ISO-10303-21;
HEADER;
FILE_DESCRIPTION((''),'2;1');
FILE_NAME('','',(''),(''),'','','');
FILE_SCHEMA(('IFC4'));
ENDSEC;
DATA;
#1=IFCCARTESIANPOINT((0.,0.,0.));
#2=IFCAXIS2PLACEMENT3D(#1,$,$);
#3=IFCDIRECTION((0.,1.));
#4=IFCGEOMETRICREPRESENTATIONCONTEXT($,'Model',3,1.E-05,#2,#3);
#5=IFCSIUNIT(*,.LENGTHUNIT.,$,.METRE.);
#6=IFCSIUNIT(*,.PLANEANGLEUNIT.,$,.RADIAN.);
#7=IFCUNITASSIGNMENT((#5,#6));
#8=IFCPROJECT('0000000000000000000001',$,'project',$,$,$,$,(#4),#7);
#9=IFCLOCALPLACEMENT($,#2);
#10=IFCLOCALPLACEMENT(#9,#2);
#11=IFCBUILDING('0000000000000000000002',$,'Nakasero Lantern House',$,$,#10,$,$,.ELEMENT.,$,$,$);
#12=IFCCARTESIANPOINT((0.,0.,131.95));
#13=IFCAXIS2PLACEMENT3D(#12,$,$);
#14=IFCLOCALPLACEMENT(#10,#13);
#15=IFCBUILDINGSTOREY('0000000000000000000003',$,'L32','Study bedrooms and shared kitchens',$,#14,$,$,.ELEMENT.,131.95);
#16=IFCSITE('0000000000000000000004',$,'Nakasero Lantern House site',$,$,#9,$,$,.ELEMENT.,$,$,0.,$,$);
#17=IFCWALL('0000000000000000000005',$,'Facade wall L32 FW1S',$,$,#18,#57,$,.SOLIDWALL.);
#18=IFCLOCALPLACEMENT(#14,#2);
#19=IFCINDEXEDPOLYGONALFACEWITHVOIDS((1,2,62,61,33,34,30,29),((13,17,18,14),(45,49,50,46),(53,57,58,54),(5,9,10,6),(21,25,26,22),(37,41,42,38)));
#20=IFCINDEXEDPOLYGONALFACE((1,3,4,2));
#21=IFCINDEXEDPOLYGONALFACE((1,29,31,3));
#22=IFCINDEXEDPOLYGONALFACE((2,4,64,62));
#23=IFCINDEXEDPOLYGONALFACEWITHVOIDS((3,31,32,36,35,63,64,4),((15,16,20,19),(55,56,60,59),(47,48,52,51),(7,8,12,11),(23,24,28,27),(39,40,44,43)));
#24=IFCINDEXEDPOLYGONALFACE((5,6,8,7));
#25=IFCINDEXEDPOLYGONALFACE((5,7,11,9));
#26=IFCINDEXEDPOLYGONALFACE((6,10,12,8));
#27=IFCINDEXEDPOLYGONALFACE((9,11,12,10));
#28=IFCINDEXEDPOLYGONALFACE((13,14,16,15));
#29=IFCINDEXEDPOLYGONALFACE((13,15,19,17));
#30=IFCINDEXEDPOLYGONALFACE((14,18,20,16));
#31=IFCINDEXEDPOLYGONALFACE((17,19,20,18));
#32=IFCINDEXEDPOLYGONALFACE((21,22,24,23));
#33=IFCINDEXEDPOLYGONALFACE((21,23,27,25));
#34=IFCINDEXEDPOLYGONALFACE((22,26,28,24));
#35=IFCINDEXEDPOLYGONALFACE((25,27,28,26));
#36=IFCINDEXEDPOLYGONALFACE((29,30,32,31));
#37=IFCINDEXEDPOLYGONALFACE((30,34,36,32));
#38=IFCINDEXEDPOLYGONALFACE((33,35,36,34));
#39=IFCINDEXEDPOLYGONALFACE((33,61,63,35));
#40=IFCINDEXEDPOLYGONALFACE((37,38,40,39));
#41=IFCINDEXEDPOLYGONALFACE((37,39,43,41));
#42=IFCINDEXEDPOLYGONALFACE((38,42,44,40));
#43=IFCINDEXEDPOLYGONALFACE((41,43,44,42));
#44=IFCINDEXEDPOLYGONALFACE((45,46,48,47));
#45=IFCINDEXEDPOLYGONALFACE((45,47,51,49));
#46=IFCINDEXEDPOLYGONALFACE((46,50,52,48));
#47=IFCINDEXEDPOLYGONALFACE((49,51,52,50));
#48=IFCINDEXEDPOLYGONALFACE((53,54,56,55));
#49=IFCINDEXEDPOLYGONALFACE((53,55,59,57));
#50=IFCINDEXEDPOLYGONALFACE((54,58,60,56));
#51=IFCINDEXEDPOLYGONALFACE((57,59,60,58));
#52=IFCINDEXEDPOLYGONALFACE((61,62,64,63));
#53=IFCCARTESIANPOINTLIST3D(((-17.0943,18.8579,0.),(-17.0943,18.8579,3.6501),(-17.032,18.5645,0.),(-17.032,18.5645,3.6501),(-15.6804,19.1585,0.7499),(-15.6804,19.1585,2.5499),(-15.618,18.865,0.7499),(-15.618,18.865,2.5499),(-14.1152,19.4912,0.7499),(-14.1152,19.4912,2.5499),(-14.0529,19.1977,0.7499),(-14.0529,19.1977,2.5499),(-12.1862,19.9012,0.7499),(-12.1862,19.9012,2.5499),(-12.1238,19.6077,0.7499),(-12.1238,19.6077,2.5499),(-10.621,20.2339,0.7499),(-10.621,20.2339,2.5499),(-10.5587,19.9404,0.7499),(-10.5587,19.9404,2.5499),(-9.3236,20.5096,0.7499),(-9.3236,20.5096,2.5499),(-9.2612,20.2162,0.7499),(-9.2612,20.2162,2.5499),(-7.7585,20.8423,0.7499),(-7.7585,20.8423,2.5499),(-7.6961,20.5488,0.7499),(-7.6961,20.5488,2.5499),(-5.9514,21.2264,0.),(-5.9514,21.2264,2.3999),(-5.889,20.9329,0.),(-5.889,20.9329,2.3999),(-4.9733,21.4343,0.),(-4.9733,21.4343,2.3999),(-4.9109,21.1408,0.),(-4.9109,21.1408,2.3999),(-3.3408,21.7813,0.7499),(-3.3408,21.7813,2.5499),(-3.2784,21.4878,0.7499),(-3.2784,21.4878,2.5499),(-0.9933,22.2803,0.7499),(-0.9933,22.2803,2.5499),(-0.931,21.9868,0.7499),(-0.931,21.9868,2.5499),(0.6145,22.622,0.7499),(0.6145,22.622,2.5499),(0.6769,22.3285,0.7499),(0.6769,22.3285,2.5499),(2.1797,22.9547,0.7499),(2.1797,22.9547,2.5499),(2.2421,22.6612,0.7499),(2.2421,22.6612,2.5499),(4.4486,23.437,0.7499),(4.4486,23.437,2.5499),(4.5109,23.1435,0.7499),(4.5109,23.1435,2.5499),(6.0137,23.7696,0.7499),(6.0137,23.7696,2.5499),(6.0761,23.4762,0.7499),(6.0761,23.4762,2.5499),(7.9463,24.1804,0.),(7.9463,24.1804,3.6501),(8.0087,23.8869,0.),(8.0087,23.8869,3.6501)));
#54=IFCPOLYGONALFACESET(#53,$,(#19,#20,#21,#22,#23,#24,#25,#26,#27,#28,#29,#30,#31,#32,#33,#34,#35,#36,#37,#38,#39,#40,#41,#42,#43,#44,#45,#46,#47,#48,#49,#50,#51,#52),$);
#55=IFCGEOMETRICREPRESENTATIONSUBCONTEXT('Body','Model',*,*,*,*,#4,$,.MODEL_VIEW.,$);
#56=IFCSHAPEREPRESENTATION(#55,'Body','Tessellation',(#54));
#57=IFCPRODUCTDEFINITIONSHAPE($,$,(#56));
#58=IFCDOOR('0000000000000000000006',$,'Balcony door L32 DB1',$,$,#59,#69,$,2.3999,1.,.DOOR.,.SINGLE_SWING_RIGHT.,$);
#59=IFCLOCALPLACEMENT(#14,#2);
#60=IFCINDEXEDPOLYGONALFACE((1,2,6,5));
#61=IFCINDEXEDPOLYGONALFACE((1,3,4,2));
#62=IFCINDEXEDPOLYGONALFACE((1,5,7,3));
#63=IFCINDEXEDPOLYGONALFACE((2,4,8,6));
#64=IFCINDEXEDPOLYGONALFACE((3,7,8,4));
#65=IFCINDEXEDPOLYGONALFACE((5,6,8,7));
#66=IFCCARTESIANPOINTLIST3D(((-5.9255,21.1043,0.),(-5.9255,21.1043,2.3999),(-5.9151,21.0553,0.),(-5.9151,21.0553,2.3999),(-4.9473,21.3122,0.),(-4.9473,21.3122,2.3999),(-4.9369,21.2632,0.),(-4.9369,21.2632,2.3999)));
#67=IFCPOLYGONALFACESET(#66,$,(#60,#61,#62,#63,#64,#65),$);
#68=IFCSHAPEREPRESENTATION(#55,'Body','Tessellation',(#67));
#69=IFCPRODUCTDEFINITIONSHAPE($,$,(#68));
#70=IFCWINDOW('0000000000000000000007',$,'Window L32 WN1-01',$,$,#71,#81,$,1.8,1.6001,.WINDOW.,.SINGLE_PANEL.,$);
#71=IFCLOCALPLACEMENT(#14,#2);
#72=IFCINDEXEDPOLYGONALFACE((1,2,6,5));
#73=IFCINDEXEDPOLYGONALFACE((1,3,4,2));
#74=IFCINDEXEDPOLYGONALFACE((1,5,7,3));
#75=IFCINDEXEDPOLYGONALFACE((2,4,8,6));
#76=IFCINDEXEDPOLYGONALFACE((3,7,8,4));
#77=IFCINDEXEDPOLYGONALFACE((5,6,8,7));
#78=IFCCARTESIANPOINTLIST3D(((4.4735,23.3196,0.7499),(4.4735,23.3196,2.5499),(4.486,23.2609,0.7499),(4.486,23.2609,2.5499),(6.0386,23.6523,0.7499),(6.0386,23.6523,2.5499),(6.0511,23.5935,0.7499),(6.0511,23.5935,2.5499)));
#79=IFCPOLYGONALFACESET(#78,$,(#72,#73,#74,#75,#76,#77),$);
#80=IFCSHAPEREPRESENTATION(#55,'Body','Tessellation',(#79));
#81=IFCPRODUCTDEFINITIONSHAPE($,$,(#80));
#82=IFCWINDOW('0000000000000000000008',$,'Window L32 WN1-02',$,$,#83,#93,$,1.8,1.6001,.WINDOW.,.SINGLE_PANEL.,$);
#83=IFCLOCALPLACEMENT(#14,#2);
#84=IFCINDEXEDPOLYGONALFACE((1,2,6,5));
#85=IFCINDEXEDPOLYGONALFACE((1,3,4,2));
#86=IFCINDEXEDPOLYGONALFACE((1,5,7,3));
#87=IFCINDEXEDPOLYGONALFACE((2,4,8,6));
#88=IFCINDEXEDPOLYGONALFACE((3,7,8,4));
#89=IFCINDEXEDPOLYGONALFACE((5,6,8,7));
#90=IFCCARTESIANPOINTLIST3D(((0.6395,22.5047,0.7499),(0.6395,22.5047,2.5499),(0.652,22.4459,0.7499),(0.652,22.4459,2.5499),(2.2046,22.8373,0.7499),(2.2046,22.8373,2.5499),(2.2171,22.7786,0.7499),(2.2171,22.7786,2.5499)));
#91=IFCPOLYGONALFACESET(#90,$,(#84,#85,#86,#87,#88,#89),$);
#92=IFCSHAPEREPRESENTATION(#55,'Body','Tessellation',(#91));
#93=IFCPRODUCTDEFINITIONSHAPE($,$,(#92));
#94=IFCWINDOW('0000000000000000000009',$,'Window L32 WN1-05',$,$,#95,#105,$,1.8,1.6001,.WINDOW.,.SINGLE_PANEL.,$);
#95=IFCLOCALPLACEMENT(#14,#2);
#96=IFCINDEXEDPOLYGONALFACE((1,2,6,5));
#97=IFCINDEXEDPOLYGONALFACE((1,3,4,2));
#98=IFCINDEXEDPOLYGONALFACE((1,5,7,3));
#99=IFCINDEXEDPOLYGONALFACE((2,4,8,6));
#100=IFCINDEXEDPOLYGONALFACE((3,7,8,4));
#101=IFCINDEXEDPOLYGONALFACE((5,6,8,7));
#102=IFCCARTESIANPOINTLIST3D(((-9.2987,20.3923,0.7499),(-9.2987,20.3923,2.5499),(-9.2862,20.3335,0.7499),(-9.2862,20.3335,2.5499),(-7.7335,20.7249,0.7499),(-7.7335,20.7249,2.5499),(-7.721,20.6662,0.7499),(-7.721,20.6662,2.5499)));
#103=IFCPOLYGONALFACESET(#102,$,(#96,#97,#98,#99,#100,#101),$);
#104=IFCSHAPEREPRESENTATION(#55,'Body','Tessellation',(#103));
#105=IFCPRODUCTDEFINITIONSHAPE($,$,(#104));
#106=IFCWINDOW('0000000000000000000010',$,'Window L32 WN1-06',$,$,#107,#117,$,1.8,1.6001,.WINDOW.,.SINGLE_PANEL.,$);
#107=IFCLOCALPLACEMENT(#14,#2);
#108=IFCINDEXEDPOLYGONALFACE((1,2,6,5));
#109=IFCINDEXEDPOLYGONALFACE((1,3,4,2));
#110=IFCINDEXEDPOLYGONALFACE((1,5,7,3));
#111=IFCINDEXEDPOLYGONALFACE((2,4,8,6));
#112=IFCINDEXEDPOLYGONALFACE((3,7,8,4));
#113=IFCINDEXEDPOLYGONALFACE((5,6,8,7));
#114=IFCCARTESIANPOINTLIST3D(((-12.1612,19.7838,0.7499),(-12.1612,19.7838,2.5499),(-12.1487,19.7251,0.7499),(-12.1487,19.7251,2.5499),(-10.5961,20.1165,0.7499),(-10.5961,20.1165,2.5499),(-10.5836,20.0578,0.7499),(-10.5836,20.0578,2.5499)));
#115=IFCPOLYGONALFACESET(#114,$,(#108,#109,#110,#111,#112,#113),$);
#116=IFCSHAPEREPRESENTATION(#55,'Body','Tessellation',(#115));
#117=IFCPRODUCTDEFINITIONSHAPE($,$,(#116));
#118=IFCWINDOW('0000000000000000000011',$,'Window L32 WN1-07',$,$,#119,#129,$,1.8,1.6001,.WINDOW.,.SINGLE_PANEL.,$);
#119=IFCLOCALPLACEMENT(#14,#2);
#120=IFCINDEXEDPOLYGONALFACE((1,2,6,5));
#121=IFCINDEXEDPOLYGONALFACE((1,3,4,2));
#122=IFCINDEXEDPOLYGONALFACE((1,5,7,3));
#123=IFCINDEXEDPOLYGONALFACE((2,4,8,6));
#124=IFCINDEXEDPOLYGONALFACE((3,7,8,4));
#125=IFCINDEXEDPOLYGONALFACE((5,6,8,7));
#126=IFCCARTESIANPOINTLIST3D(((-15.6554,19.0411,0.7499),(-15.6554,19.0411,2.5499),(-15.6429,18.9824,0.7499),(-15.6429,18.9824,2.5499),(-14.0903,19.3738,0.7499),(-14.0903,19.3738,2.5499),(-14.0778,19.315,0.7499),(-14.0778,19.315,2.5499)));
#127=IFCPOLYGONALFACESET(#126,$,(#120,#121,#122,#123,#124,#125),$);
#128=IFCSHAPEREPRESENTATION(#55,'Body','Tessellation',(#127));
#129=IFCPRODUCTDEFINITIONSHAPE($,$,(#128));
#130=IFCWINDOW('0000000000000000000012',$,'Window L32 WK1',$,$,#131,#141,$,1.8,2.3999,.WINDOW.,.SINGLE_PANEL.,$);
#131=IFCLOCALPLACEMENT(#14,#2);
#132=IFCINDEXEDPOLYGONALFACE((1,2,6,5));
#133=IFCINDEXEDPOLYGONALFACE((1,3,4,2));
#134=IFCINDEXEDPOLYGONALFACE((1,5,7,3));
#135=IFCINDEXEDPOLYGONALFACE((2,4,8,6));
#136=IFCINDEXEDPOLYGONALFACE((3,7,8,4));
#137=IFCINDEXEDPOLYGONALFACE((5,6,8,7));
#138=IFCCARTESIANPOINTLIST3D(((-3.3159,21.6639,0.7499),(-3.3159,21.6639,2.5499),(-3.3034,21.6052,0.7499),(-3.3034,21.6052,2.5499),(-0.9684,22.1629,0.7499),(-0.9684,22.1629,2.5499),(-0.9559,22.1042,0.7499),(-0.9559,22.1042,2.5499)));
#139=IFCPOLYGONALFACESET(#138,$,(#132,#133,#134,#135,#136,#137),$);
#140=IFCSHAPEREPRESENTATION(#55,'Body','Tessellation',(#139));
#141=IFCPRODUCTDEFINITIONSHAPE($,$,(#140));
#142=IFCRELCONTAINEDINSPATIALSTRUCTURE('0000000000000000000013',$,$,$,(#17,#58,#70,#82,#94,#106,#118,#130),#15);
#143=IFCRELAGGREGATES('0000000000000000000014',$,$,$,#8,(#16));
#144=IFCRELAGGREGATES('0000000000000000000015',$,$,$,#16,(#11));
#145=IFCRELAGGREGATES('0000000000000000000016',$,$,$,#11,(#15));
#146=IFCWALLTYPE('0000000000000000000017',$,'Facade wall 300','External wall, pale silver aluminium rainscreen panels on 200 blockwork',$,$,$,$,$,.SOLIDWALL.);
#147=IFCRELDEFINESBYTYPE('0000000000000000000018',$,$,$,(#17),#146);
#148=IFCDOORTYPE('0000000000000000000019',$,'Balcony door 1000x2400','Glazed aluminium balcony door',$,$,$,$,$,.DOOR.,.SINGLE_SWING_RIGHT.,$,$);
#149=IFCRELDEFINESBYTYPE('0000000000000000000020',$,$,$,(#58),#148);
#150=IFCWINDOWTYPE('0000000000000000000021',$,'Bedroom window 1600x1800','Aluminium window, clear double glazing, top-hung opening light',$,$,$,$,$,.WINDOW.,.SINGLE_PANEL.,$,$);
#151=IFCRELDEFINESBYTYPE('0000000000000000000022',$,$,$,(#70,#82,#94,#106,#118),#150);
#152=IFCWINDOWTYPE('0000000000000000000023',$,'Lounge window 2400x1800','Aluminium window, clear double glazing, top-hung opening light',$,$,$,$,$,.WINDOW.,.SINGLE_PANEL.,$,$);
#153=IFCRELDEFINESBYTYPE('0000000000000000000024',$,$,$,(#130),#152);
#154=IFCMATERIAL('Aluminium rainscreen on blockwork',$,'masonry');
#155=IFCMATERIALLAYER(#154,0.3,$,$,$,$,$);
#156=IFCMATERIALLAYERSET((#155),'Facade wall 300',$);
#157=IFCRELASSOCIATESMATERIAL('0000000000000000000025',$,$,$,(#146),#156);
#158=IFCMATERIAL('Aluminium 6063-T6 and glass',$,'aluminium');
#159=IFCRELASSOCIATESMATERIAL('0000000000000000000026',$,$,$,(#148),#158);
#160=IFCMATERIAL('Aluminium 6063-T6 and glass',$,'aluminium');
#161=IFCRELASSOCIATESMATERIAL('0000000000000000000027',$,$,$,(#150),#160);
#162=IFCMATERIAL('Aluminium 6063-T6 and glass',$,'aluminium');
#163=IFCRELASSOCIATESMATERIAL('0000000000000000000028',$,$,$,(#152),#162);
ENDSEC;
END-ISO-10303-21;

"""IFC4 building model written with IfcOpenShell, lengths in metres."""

from ifc_helpers import new_model, si_unit, direction, frame, frame_2d, origin, place, context, subcontext, project, spatial, rectangle, extrude, material, layer, layer_set, type_object, element, fill, save


model = new_model("IFC4")

# Units and contexts
model_context = context("Model", 3, precision=1e-05, world=origin(), true_north=direction((0.0, 1.0)))
body_context = subcontext(model_context, "Body", "Model", "MODEL_VIEW")
ifc_project = project(units=[si_unit("LENGTHUNIT", "METRE"), si_unit("PLANEANGLEUNIT", "RADIAN")], contexts=[model_context])

# Site, building, storey
site_placement = place(None, origin())
site = spatial("IfcSite", under=ifc_project, at=site_placement, Name="Nakasero Lantern House site", CompositionType="ELEMENT", RefElevation=0.0)
building_placement = place(site_placement, origin())
building = spatial("IfcBuilding", under=site, at=building_placement, Name="Nakasero Lantern House", CompositionType="ELEMENT")
storey_placement = place(building_placement, frame((0.0, 0.0, 131.95)))
storey = spatial("IfcBuildingStorey", under=building, at=storey_placement, Name="L32", Description="Study bedrooms and shared kitchens", CompositionType="ELEMENT", Elevation=131.95)

# Wall, openings, door, windows
ifc_material_1 = material(Name="Aluminium rainscreen on blockwork", Category="masonry")
ifc_layer_1 = layer(ifc_material_1, 0.3)
ifc_layer_set_1 = layer_set([ifc_layer_1], Name="Facade wall 300")
wall_type_1 = type_object("IfcWallType", Name="Facade wall 300", Description="External wall, pale silver aluminium rainscreen panels on 200 blockwork", PredefinedType="SOLIDWALL", material=ifc_layer_set_1)
wall_1_placement = place(storey_placement, frame((7.9775, 24.0337, 0.0), z_axis=(0.0, 0.0, 1.0), x_axis=(-0.978148, -0.207909, 0.0)))
wall_1 = element("IfcWall", 1, at=wall_1_placement, inside=storey, type_object=wall_type_1, Name="Facade wall L32 FW1S", PredefinedType="SOLIDWALL", context=body_context, shape_type="SweptSolid", body=[
    extrude(rectangle(XDim=25.6001, YDim=0.3, at=frame_2d((12.8, 0.0))), origin(), (0.0, 0.0, 1.0), 3.6501),
])
opening_1_placement = place(wall_1_placement, frame((1.9758, 0.0, 0.75)))
opening_1 = element("IfcOpeningElement", 2, at=opening_1_placement, cuts=wall_1, PredefinedType="OPENING", context=body_context, shape_type="SweptSolid", body=[
    extrude(rectangle(XDim=1.6001, YDim=1.8, at=frame_2d((0.8, 0.8999))), frame((0.0, 0.1699, 0.0), z_axis=(0.0, -1.0, 0.0), x_axis=(1.0, 0.0, 0.0)), (0.0, 0.0, 1.0), 0.3401),
])
opening_2_placement = place(wall_1_placement, frame((5.8955, 0.0, 0.75)))
opening_2 = element("IfcOpeningElement", 3, at=opening_2_placement, cuts=wall_1, PredefinedType="OPENING", context=body_context, shape_type="SweptSolid", body=[
    extrude(rectangle(XDim=1.6001, YDim=1.8, at=frame_2d((0.8, 0.8999))), frame((0.0, 0.1699, 0.0), z_axis=(0.0, -1.0, 0.0), x_axis=(1.0, 0.0, 0.0)), (0.0, 0.0, 1.0), 0.3401),
])
opening_3_placement = place(wall_1_placement, frame((16.0557, 0.0, 0.75)))
opening_3 = element("IfcOpeningElement", 4, at=opening_3_placement, cuts=wall_1, PredefinedType="OPENING", context=body_context, shape_type="SweptSolid", body=[
    extrude(rectangle(XDim=1.6001, YDim=1.8, at=frame_2d((0.8, 0.8999))), frame((0.0, 0.1699, 0.0), z_axis=(0.0, -1.0, 0.0), x_axis=(1.0, 0.0, 0.0)), (0.0, 0.0, 1.0), 0.3401),
])
opening_4_placement = place(wall_1_placement, frame((18.9822, 0.0, 0.75)))
opening_4 = element("IfcOpeningElement", 5, at=opening_4_placement, cuts=wall_1, PredefinedType="OPENING", context=body_context, shape_type="SweptSolid", body=[
    extrude(rectangle(XDim=1.6001, YDim=1.8, at=frame_2d((0.8, 0.8999))), frame((0.0, 0.1699, 0.0), z_axis=(0.0, -1.0, 0.0), x_axis=(1.0, 0.0, 0.0)), (0.0, 0.0, 1.0), 0.3401),
])
opening_5_placement = place(wall_1_placement, frame((22.5544, 0.0, 0.75)))
opening_5 = element("IfcOpeningElement", 6, at=opening_5_placement, cuts=wall_1, PredefinedType="OPENING", context=body_context, shape_type="SweptSolid", body=[
    extrude(rectangle(XDim=1.6001, YDim=1.8, at=frame_2d((0.8, 0.8999))), frame((0.0, 0.1699, 0.0), z_axis=(0.0, -1.0, 0.0), x_axis=(1.0, 0.0, 0.0)), (0.0, 0.0, 1.0), 0.3401),
])
opening_6_placement = place(wall_1_placement, frame((9.1394, 0.0, 0.75)))
opening_6 = element("IfcOpeningElement", 7, at=opening_6_placement, cuts=wall_1, PredefinedType="OPENING", context=body_context, shape_type="SweptSolid", body=[
    extrude(rectangle(XDim=2.3999, YDim=1.8, at=frame_2d((1.2, 0.8999))), frame((0.0, 0.1699, 0.0), z_axis=(0.0, -1.0, 0.0), x_axis=(1.0, 0.0, 0.0)), (0.0, 0.0, 1.0), 0.3401),
])
opening_7_placement = place(wall_1_placement, frame((13.2083, 0.0, 0.0)))
opening_7 = element("IfcOpeningElement", 8, at=opening_7_placement, cuts=wall_1, PredefinedType="OPENING", context=body_context, shape_type="SweptSolid", body=[
    extrude(rectangle(XDim=1.0, YDim=2.3999, at=frame_2d((0.5, 1.2))), frame((0.0, 0.1699, 0.0), z_axis=(0.0, -1.0, 0.0), x_axis=(1.0, 0.0, 0.0)), (0.0, 0.0, 1.0), 0.3401),
])
ifc_material_2 = material(Name="Aluminium 6063-T6 and glass", Category="aluminium")
door_type_1 = type_object("IfcDoorType", Name="Balcony door 1000x2400", Description="Glazed aluminium balcony door", OperationType="SINGLE_SWING_RIGHT", PredefinedType="DOOR", material=ifc_material_2)
door_1_placement = place(opening_7_placement, origin())
door_1 = element("IfcDoor", 9, at=door_1_placement, inside=storey, type_object=door_type_1, Name="Balcony door L32 DB1", OperationType="SINGLE_SWING_RIGHT", OverallHeight=2.3999, OverallWidth=1.0, PredefinedType="DOOR", context=body_context, shape_type="SweptSolid", body=[
    extrude(rectangle(XDim=1.0, YDim=2.3999, at=frame_2d((0.5, 1.2))), frame((0.0, 0.0249, 0.0), z_axis=(0.0, -1.0, 0.0), x_axis=(1.0, 0.0, 0.0)), (0.0, 0.0, 1.0), 0.05),
])
fill(opening_7, door_1)
ifc_material_3 = material(Name="Aluminium 6063-T6 and glass", Category="aluminium")
window_type_1 = type_object("IfcWindowType", Name="Bedroom window 1600x1800", Description="Aluminium window, clear double glazing, top-hung opening light", PartitioningType="SINGLE_PANEL", PredefinedType="WINDOW", material=ifc_material_3)
window_1_placement = place(opening_1_placement, origin())
window_1 = element("IfcWindow", 10, at=window_1_placement, inside=storey, type_object=window_type_1, Name="Window L32 WN1-01", OverallHeight=1.8, OverallWidth=1.6001, PartitioningType="SINGLE_PANEL", PredefinedType="WINDOW", context=body_context, shape_type="SweptSolid", body=[
    extrude(rectangle(XDim=1.6001, YDim=1.8, at=frame_2d((0.8, 0.8999))), frame((0.0, 0.03, 0.0), z_axis=(0.0, -1.0, 0.0), x_axis=(1.0, 0.0, 0.0)), (0.0, 0.0, 1.0), 0.0601),
])
fill(opening_1, window_1)
window_2_placement = place(opening_2_placement, origin())
window_2 = element("IfcWindow", 11, at=window_2_placement, inside=storey, type_object=window_type_1, Name="Window L32 WN1-02", OverallHeight=1.8, OverallWidth=1.6001, PartitioningType="SINGLE_PANEL", PredefinedType="WINDOW", context=body_context, shape_type="SweptSolid", body=[
    extrude(rectangle(XDim=1.6001, YDim=1.8, at=frame_2d((0.8, 0.8999))), frame((0.0, 0.03, 0.0), z_axis=(0.0, -1.0, 0.0), x_axis=(1.0, 0.0, 0.0)), (0.0, 0.0, 1.0), 0.0601),
])
fill(opening_2, window_2)
window_3_placement = place(opening_3_placement, origin())
window_3 = element("IfcWindow", 12, at=window_3_placement, inside=storey, type_object=window_type_1, Name="Window L32 WN1-05", OverallHeight=1.8, OverallWidth=1.6001, PartitioningType="SINGLE_PANEL", PredefinedType="WINDOW", context=body_context, shape_type="SweptSolid", body=[
    extrude(rectangle(XDim=1.6001, YDim=1.8, at=frame_2d((0.8, 0.8999))), frame((0.0, 0.03, 0.0), z_axis=(0.0, -1.0, 0.0), x_axis=(1.0, 0.0, 0.0)), (0.0, 0.0, 1.0), 0.0601),
])
fill(opening_3, window_3)
window_4_placement = place(opening_4_placement, origin())
window_4 = element("IfcWindow", 13, at=window_4_placement, inside=storey, type_object=window_type_1, Name="Window L32 WN1-06", OverallHeight=1.8, OverallWidth=1.6001, PartitioningType="SINGLE_PANEL", PredefinedType="WINDOW", context=body_context, shape_type="SweptSolid", body=[
    extrude(rectangle(XDim=1.6001, YDim=1.8, at=frame_2d((0.8, 0.8999))), frame((0.0, 0.03, 0.0), z_axis=(0.0, -1.0, 0.0), x_axis=(1.0, 0.0, 0.0)), (0.0, 0.0, 1.0), 0.0601),
])
fill(opening_4, window_4)
window_5_placement = place(opening_5_placement, origin())
window_5 = element("IfcWindow", 14, at=window_5_placement, inside=storey, type_object=window_type_1, Name="Window L32 WN1-07", OverallHeight=1.8, OverallWidth=1.6001, PartitioningType="SINGLE_PANEL", PredefinedType="WINDOW", context=body_context, shape_type="SweptSolid", body=[
    extrude(rectangle(XDim=1.6001, YDim=1.8, at=frame_2d((0.8, 0.8999))), frame((0.0, 0.03, 0.0), z_axis=(0.0, -1.0, 0.0), x_axis=(1.0, 0.0, 0.0)), (0.0, 0.0, 1.0), 0.0601),
])
fill(opening_5, window_5)
ifc_material_4 = material(Name="Aluminium 6063-T6 and glass", Category="aluminium")
window_type_2 = type_object("IfcWindowType", Name="Lounge window 2400x1800", Description="Aluminium window, clear double glazing, top-hung opening light", PartitioningType="SINGLE_PANEL", PredefinedType="WINDOW", material=ifc_material_4)
window_6_placement = place(opening_6_placement, origin())
window_6 = element("IfcWindow", 15, at=window_6_placement, inside=storey, type_object=window_type_2, Name="Window L32 WK1", OverallHeight=1.8, OverallWidth=2.3999, PartitioningType="SINGLE_PANEL", PredefinedType="WINDOW", context=body_context, shape_type="SweptSolid", body=[
    extrude(rectangle(XDim=2.3999, YDim=1.8, at=frame_2d((1.2, 0.8999))), frame((0.0, 0.03, 0.0), z_axis=(0.0, -1.0, 0.0), x_axis=(1.0, 0.0, 0.0)), (0.0, 0.0, 1.0), 0.0601),
])
fill(opening_6, window_6)

save(model, "model.ifc")
